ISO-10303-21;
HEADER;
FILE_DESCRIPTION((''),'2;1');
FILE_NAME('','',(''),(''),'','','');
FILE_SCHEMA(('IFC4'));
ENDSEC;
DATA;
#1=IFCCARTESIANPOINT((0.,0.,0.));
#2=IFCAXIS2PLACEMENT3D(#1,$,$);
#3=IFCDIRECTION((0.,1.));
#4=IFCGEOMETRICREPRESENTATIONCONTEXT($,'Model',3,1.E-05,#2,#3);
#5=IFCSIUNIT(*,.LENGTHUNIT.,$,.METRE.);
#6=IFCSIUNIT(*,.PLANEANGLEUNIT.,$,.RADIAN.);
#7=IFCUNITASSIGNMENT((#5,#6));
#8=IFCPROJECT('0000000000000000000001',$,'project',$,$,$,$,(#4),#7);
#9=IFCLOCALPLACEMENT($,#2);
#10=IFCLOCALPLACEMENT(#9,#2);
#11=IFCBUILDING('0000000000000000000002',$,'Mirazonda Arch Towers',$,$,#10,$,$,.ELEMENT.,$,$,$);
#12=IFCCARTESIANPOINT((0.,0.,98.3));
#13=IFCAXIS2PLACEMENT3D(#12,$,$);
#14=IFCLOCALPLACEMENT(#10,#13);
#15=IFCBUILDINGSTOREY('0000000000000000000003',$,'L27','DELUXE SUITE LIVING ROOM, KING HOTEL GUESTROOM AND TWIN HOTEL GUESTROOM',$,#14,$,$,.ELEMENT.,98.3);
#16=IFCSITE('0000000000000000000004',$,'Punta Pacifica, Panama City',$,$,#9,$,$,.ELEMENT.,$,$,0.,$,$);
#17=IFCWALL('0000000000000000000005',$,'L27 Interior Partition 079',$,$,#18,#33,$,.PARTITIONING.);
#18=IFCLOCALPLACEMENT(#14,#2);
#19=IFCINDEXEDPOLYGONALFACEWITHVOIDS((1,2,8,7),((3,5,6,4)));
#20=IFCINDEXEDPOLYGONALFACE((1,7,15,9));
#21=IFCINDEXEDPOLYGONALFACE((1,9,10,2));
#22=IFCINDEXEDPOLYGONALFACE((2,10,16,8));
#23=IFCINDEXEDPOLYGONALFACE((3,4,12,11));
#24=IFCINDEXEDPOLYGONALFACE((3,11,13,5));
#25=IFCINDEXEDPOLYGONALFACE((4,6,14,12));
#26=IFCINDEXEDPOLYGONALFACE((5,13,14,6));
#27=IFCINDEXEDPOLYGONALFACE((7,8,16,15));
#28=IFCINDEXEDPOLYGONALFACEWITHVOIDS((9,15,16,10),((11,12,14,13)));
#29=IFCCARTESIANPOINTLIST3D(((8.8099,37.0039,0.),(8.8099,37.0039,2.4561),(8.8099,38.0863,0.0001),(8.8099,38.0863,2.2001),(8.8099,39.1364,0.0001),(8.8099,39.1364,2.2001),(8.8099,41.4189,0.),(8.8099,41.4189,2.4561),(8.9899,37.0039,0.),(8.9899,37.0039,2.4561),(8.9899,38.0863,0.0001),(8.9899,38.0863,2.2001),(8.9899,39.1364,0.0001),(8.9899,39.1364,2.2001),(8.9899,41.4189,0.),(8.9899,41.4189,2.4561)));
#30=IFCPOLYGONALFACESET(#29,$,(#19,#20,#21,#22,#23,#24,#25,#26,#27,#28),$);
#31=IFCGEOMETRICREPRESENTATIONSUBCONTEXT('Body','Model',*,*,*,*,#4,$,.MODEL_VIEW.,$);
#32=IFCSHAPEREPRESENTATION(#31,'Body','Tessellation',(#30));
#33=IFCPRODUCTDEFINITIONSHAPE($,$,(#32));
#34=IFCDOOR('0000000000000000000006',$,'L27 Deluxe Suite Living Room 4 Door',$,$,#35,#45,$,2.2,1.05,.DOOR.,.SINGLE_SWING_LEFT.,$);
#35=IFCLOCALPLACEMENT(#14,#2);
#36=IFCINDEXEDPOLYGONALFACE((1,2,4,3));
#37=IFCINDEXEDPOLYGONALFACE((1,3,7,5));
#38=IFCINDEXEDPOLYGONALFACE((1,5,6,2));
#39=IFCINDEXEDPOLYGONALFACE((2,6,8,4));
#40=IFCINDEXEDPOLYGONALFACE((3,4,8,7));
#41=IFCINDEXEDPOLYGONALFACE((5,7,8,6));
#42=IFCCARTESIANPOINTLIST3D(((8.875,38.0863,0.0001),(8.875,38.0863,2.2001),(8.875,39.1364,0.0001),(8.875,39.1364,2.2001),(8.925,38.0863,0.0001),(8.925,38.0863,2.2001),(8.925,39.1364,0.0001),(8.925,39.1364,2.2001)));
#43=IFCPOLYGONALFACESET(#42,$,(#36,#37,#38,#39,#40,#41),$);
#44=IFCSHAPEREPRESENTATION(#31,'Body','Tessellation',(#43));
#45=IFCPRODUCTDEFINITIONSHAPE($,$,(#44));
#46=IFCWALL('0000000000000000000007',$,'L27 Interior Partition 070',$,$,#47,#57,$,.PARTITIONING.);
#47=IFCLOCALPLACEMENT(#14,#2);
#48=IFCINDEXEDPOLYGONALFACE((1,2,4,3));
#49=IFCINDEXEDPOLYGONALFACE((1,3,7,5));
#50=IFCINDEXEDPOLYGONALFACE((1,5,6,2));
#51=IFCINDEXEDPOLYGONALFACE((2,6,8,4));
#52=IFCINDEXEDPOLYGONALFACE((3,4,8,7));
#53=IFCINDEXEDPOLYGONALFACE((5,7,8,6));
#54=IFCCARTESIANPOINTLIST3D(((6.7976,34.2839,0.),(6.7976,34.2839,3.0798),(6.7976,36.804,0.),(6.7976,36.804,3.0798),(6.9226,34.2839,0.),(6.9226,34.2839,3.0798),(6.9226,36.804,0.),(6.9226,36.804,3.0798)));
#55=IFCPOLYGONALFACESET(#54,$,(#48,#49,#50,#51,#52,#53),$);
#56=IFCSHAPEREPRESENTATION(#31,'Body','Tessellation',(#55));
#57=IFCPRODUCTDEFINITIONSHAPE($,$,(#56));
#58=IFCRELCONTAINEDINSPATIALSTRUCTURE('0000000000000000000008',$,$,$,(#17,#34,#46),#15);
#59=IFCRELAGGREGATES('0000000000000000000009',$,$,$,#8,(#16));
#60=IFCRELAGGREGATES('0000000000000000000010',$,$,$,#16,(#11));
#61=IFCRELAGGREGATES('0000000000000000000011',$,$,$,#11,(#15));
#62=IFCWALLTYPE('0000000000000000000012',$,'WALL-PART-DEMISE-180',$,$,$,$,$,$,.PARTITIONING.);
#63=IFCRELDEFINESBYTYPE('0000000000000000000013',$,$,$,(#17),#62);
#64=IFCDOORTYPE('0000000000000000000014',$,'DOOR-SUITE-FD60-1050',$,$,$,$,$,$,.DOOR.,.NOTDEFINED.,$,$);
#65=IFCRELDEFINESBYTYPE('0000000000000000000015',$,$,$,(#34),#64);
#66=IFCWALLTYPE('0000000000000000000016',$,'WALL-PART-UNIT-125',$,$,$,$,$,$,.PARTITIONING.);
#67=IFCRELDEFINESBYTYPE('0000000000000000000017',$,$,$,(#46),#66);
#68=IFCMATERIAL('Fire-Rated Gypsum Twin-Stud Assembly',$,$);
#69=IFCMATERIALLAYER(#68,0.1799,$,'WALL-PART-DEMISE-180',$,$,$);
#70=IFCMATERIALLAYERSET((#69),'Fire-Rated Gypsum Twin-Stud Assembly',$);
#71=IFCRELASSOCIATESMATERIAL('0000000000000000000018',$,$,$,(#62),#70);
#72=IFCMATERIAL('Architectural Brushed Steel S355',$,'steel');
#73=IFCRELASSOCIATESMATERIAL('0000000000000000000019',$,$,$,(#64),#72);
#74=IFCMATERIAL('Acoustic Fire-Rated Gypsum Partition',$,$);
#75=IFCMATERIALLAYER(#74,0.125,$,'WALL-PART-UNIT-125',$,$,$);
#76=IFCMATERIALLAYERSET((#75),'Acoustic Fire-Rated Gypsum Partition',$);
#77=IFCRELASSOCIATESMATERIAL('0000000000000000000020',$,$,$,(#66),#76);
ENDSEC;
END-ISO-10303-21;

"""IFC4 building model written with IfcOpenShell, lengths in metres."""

from ifc_helpers import new_model, si_unit, direction, frame, frame_2d, origin, place, context, subcontext, project, spatial, rectangle, extrude, material, layer, layer_set, type_object, element, fill, save


model = new_model("IFC4")

# Units and contexts
model_context = context("Model", 3, precision=1e-05, world=origin(), true_north=direction((0.0, 1.0)))
body_context = subcontext(model_context, "Body", "Model", "MODEL_VIEW")
ifc_project = project(units=[si_unit("LENGTHUNIT", "METRE"), si_unit("PLANEANGLEUNIT", "RADIAN")], contexts=[model_context])

# Site, building, storey
site_placement = place(None, origin())
site = spatial("IfcSite", under=ifc_project, at=site_placement, Name="Punta Pacifica, Panama City", CompositionType="ELEMENT", RefElevation=0.0)
building_placement = place(site_placement, origin())
building = spatial("IfcBuilding", under=site, at=building_placement, Name="Mirazonda Arch Towers", CompositionType="ELEMENT")
storey_placement = place(building_placement, frame((0.0, 0.0, 98.3)))
storey = spatial("IfcBuildingStorey", under=building, at=storey_placement, Name="L27", Description="DELUXE SUITE LIVING ROOM, KING HOTEL GUESTROOM AND TWIN HOTEL GUESTROOM", CompositionType="ELEMENT", Elevation=98.3)

# Shared definitions
ifc_material_1 = material(Name="Architectural Brushed Steel S355", Category="steel")

# Shared definitions
ifc_material_2 = material(Name="Fire-Rated Gypsum Twin-Stud Assembly")
ifc_layer_1 = layer(ifc_material_2, 0.1799, Name="WALL-PART-DEMISE-180")
ifc_layer_set_1 = layer_set([ifc_layer_1], Name="Fire-Rated Gypsum Twin-Stud Assembly")
wall_type_1 = type_object("IfcWallType", Name="WALL-PART-DEMISE-180", PredefinedType="PARTITIONING", material=ifc_layer_set_1)

# Shared definitions
door_type_1 = type_object("IfcDoorType", Name="DOOR-SUITE-FD60-1050", OperationType="NOTDEFINED", PredefinedType="DOOR", material=ifc_material_1)

# Wall, opening, door
wall_1_placement = place(storey_placement, frame((8.8999, 37.0039, 0.0), z_axis=(0.0, 0.0, 1.0), x_axis=(0.0, 1.0, 0.0)))
wall_1 = element("IfcWall", 1, at=wall_1_placement, inside=storey, type_object=wall_type_1, Name="L27 Interior Partition 079", PredefinedType="PARTITIONING", context=body_context, shape_type="SweptSolid", body=[
    extrude(rectangle(XDim=4.415, YDim=0.1799, at=frame_2d((2.2075, 0.0))), origin(), (0.0, 0.0, 1.0), 2.4561),
])
opening_1_placement = place(wall_1_placement, frame((1.0825, 0.0, 0.0)))
opening_1 = element("IfcOpeningElement", 2, at=opening_1_placement, cuts=wall_1, PredefinedType="OPENING", context=body_context, shape_type="SweptSolid", body=[
    extrude(rectangle(XDim=1.05, YDim=2.2, at=frame_2d((0.5249, 1.1001))), frame((0.0, 0.0999, 0.0), z_axis=(0.0, -1.0, 0.0), x_axis=(1.0, 0.0, 0.0)), (0.0, 0.0, 1.0), 0.2),
])
door_1_placement = place(opening_1_placement, origin())
door_1 = element("IfcDoor", 3, at=door_1_placement, inside=storey, type_object=door_type_1, Name="L27 Deluxe Suite Living Room 4 Door", OperationType="SINGLE_SWING_LEFT", OverallHeight=2.2, OverallWidth=1.05, PredefinedType="DOOR", context=body_context, shape_type="SweptSolid", body=[
    extrude(rectangle(XDim=1.05, YDim=2.2, at=frame_2d((0.5249, 1.1001))), frame((0.0, 0.0249, 0.0), z_axis=(0.0, -1.0, 0.0), x_axis=(1.0, 0.0, 0.0)), (0.0, 0.0, 1.0), 0.05),
])
fill(opening_1, door_1)

# Wall
ifc_material_3 = material(Name="Acoustic Fire-Rated Gypsum Partition")
ifc_layer_2 = layer(ifc_material_3, 0.125, Name="WALL-PART-UNIT-125")
ifc_layer_set_2 = layer_set([ifc_layer_2], Name="Acoustic Fire-Rated Gypsum Partition")
wall_type_2 = type_object("IfcWallType", Name="WALL-PART-UNIT-125", PredefinedType="PARTITIONING", material=ifc_layer_set_2)
wall_2_placement = place(storey_placement, frame((6.8601, 34.2839, 0.0), z_axis=(0.0, 0.0, 1.0), x_axis=(0.0, 1.0, 0.0)))
element("IfcWall", 4, at=wall_2_placement, inside=storey, type_object=wall_type_2, Name="L27 Interior Partition 070", PredefinedType="PARTITIONING", context=body_context, shape_type="SweptSolid", body=[
    extrude(rectangle(XDim=2.52, YDim=0.125, at=frame_2d((1.26, 0.0))), origin(), (0.0, 0.0, 1.0), 3.0798),
])

save(model, "model.ifc")
